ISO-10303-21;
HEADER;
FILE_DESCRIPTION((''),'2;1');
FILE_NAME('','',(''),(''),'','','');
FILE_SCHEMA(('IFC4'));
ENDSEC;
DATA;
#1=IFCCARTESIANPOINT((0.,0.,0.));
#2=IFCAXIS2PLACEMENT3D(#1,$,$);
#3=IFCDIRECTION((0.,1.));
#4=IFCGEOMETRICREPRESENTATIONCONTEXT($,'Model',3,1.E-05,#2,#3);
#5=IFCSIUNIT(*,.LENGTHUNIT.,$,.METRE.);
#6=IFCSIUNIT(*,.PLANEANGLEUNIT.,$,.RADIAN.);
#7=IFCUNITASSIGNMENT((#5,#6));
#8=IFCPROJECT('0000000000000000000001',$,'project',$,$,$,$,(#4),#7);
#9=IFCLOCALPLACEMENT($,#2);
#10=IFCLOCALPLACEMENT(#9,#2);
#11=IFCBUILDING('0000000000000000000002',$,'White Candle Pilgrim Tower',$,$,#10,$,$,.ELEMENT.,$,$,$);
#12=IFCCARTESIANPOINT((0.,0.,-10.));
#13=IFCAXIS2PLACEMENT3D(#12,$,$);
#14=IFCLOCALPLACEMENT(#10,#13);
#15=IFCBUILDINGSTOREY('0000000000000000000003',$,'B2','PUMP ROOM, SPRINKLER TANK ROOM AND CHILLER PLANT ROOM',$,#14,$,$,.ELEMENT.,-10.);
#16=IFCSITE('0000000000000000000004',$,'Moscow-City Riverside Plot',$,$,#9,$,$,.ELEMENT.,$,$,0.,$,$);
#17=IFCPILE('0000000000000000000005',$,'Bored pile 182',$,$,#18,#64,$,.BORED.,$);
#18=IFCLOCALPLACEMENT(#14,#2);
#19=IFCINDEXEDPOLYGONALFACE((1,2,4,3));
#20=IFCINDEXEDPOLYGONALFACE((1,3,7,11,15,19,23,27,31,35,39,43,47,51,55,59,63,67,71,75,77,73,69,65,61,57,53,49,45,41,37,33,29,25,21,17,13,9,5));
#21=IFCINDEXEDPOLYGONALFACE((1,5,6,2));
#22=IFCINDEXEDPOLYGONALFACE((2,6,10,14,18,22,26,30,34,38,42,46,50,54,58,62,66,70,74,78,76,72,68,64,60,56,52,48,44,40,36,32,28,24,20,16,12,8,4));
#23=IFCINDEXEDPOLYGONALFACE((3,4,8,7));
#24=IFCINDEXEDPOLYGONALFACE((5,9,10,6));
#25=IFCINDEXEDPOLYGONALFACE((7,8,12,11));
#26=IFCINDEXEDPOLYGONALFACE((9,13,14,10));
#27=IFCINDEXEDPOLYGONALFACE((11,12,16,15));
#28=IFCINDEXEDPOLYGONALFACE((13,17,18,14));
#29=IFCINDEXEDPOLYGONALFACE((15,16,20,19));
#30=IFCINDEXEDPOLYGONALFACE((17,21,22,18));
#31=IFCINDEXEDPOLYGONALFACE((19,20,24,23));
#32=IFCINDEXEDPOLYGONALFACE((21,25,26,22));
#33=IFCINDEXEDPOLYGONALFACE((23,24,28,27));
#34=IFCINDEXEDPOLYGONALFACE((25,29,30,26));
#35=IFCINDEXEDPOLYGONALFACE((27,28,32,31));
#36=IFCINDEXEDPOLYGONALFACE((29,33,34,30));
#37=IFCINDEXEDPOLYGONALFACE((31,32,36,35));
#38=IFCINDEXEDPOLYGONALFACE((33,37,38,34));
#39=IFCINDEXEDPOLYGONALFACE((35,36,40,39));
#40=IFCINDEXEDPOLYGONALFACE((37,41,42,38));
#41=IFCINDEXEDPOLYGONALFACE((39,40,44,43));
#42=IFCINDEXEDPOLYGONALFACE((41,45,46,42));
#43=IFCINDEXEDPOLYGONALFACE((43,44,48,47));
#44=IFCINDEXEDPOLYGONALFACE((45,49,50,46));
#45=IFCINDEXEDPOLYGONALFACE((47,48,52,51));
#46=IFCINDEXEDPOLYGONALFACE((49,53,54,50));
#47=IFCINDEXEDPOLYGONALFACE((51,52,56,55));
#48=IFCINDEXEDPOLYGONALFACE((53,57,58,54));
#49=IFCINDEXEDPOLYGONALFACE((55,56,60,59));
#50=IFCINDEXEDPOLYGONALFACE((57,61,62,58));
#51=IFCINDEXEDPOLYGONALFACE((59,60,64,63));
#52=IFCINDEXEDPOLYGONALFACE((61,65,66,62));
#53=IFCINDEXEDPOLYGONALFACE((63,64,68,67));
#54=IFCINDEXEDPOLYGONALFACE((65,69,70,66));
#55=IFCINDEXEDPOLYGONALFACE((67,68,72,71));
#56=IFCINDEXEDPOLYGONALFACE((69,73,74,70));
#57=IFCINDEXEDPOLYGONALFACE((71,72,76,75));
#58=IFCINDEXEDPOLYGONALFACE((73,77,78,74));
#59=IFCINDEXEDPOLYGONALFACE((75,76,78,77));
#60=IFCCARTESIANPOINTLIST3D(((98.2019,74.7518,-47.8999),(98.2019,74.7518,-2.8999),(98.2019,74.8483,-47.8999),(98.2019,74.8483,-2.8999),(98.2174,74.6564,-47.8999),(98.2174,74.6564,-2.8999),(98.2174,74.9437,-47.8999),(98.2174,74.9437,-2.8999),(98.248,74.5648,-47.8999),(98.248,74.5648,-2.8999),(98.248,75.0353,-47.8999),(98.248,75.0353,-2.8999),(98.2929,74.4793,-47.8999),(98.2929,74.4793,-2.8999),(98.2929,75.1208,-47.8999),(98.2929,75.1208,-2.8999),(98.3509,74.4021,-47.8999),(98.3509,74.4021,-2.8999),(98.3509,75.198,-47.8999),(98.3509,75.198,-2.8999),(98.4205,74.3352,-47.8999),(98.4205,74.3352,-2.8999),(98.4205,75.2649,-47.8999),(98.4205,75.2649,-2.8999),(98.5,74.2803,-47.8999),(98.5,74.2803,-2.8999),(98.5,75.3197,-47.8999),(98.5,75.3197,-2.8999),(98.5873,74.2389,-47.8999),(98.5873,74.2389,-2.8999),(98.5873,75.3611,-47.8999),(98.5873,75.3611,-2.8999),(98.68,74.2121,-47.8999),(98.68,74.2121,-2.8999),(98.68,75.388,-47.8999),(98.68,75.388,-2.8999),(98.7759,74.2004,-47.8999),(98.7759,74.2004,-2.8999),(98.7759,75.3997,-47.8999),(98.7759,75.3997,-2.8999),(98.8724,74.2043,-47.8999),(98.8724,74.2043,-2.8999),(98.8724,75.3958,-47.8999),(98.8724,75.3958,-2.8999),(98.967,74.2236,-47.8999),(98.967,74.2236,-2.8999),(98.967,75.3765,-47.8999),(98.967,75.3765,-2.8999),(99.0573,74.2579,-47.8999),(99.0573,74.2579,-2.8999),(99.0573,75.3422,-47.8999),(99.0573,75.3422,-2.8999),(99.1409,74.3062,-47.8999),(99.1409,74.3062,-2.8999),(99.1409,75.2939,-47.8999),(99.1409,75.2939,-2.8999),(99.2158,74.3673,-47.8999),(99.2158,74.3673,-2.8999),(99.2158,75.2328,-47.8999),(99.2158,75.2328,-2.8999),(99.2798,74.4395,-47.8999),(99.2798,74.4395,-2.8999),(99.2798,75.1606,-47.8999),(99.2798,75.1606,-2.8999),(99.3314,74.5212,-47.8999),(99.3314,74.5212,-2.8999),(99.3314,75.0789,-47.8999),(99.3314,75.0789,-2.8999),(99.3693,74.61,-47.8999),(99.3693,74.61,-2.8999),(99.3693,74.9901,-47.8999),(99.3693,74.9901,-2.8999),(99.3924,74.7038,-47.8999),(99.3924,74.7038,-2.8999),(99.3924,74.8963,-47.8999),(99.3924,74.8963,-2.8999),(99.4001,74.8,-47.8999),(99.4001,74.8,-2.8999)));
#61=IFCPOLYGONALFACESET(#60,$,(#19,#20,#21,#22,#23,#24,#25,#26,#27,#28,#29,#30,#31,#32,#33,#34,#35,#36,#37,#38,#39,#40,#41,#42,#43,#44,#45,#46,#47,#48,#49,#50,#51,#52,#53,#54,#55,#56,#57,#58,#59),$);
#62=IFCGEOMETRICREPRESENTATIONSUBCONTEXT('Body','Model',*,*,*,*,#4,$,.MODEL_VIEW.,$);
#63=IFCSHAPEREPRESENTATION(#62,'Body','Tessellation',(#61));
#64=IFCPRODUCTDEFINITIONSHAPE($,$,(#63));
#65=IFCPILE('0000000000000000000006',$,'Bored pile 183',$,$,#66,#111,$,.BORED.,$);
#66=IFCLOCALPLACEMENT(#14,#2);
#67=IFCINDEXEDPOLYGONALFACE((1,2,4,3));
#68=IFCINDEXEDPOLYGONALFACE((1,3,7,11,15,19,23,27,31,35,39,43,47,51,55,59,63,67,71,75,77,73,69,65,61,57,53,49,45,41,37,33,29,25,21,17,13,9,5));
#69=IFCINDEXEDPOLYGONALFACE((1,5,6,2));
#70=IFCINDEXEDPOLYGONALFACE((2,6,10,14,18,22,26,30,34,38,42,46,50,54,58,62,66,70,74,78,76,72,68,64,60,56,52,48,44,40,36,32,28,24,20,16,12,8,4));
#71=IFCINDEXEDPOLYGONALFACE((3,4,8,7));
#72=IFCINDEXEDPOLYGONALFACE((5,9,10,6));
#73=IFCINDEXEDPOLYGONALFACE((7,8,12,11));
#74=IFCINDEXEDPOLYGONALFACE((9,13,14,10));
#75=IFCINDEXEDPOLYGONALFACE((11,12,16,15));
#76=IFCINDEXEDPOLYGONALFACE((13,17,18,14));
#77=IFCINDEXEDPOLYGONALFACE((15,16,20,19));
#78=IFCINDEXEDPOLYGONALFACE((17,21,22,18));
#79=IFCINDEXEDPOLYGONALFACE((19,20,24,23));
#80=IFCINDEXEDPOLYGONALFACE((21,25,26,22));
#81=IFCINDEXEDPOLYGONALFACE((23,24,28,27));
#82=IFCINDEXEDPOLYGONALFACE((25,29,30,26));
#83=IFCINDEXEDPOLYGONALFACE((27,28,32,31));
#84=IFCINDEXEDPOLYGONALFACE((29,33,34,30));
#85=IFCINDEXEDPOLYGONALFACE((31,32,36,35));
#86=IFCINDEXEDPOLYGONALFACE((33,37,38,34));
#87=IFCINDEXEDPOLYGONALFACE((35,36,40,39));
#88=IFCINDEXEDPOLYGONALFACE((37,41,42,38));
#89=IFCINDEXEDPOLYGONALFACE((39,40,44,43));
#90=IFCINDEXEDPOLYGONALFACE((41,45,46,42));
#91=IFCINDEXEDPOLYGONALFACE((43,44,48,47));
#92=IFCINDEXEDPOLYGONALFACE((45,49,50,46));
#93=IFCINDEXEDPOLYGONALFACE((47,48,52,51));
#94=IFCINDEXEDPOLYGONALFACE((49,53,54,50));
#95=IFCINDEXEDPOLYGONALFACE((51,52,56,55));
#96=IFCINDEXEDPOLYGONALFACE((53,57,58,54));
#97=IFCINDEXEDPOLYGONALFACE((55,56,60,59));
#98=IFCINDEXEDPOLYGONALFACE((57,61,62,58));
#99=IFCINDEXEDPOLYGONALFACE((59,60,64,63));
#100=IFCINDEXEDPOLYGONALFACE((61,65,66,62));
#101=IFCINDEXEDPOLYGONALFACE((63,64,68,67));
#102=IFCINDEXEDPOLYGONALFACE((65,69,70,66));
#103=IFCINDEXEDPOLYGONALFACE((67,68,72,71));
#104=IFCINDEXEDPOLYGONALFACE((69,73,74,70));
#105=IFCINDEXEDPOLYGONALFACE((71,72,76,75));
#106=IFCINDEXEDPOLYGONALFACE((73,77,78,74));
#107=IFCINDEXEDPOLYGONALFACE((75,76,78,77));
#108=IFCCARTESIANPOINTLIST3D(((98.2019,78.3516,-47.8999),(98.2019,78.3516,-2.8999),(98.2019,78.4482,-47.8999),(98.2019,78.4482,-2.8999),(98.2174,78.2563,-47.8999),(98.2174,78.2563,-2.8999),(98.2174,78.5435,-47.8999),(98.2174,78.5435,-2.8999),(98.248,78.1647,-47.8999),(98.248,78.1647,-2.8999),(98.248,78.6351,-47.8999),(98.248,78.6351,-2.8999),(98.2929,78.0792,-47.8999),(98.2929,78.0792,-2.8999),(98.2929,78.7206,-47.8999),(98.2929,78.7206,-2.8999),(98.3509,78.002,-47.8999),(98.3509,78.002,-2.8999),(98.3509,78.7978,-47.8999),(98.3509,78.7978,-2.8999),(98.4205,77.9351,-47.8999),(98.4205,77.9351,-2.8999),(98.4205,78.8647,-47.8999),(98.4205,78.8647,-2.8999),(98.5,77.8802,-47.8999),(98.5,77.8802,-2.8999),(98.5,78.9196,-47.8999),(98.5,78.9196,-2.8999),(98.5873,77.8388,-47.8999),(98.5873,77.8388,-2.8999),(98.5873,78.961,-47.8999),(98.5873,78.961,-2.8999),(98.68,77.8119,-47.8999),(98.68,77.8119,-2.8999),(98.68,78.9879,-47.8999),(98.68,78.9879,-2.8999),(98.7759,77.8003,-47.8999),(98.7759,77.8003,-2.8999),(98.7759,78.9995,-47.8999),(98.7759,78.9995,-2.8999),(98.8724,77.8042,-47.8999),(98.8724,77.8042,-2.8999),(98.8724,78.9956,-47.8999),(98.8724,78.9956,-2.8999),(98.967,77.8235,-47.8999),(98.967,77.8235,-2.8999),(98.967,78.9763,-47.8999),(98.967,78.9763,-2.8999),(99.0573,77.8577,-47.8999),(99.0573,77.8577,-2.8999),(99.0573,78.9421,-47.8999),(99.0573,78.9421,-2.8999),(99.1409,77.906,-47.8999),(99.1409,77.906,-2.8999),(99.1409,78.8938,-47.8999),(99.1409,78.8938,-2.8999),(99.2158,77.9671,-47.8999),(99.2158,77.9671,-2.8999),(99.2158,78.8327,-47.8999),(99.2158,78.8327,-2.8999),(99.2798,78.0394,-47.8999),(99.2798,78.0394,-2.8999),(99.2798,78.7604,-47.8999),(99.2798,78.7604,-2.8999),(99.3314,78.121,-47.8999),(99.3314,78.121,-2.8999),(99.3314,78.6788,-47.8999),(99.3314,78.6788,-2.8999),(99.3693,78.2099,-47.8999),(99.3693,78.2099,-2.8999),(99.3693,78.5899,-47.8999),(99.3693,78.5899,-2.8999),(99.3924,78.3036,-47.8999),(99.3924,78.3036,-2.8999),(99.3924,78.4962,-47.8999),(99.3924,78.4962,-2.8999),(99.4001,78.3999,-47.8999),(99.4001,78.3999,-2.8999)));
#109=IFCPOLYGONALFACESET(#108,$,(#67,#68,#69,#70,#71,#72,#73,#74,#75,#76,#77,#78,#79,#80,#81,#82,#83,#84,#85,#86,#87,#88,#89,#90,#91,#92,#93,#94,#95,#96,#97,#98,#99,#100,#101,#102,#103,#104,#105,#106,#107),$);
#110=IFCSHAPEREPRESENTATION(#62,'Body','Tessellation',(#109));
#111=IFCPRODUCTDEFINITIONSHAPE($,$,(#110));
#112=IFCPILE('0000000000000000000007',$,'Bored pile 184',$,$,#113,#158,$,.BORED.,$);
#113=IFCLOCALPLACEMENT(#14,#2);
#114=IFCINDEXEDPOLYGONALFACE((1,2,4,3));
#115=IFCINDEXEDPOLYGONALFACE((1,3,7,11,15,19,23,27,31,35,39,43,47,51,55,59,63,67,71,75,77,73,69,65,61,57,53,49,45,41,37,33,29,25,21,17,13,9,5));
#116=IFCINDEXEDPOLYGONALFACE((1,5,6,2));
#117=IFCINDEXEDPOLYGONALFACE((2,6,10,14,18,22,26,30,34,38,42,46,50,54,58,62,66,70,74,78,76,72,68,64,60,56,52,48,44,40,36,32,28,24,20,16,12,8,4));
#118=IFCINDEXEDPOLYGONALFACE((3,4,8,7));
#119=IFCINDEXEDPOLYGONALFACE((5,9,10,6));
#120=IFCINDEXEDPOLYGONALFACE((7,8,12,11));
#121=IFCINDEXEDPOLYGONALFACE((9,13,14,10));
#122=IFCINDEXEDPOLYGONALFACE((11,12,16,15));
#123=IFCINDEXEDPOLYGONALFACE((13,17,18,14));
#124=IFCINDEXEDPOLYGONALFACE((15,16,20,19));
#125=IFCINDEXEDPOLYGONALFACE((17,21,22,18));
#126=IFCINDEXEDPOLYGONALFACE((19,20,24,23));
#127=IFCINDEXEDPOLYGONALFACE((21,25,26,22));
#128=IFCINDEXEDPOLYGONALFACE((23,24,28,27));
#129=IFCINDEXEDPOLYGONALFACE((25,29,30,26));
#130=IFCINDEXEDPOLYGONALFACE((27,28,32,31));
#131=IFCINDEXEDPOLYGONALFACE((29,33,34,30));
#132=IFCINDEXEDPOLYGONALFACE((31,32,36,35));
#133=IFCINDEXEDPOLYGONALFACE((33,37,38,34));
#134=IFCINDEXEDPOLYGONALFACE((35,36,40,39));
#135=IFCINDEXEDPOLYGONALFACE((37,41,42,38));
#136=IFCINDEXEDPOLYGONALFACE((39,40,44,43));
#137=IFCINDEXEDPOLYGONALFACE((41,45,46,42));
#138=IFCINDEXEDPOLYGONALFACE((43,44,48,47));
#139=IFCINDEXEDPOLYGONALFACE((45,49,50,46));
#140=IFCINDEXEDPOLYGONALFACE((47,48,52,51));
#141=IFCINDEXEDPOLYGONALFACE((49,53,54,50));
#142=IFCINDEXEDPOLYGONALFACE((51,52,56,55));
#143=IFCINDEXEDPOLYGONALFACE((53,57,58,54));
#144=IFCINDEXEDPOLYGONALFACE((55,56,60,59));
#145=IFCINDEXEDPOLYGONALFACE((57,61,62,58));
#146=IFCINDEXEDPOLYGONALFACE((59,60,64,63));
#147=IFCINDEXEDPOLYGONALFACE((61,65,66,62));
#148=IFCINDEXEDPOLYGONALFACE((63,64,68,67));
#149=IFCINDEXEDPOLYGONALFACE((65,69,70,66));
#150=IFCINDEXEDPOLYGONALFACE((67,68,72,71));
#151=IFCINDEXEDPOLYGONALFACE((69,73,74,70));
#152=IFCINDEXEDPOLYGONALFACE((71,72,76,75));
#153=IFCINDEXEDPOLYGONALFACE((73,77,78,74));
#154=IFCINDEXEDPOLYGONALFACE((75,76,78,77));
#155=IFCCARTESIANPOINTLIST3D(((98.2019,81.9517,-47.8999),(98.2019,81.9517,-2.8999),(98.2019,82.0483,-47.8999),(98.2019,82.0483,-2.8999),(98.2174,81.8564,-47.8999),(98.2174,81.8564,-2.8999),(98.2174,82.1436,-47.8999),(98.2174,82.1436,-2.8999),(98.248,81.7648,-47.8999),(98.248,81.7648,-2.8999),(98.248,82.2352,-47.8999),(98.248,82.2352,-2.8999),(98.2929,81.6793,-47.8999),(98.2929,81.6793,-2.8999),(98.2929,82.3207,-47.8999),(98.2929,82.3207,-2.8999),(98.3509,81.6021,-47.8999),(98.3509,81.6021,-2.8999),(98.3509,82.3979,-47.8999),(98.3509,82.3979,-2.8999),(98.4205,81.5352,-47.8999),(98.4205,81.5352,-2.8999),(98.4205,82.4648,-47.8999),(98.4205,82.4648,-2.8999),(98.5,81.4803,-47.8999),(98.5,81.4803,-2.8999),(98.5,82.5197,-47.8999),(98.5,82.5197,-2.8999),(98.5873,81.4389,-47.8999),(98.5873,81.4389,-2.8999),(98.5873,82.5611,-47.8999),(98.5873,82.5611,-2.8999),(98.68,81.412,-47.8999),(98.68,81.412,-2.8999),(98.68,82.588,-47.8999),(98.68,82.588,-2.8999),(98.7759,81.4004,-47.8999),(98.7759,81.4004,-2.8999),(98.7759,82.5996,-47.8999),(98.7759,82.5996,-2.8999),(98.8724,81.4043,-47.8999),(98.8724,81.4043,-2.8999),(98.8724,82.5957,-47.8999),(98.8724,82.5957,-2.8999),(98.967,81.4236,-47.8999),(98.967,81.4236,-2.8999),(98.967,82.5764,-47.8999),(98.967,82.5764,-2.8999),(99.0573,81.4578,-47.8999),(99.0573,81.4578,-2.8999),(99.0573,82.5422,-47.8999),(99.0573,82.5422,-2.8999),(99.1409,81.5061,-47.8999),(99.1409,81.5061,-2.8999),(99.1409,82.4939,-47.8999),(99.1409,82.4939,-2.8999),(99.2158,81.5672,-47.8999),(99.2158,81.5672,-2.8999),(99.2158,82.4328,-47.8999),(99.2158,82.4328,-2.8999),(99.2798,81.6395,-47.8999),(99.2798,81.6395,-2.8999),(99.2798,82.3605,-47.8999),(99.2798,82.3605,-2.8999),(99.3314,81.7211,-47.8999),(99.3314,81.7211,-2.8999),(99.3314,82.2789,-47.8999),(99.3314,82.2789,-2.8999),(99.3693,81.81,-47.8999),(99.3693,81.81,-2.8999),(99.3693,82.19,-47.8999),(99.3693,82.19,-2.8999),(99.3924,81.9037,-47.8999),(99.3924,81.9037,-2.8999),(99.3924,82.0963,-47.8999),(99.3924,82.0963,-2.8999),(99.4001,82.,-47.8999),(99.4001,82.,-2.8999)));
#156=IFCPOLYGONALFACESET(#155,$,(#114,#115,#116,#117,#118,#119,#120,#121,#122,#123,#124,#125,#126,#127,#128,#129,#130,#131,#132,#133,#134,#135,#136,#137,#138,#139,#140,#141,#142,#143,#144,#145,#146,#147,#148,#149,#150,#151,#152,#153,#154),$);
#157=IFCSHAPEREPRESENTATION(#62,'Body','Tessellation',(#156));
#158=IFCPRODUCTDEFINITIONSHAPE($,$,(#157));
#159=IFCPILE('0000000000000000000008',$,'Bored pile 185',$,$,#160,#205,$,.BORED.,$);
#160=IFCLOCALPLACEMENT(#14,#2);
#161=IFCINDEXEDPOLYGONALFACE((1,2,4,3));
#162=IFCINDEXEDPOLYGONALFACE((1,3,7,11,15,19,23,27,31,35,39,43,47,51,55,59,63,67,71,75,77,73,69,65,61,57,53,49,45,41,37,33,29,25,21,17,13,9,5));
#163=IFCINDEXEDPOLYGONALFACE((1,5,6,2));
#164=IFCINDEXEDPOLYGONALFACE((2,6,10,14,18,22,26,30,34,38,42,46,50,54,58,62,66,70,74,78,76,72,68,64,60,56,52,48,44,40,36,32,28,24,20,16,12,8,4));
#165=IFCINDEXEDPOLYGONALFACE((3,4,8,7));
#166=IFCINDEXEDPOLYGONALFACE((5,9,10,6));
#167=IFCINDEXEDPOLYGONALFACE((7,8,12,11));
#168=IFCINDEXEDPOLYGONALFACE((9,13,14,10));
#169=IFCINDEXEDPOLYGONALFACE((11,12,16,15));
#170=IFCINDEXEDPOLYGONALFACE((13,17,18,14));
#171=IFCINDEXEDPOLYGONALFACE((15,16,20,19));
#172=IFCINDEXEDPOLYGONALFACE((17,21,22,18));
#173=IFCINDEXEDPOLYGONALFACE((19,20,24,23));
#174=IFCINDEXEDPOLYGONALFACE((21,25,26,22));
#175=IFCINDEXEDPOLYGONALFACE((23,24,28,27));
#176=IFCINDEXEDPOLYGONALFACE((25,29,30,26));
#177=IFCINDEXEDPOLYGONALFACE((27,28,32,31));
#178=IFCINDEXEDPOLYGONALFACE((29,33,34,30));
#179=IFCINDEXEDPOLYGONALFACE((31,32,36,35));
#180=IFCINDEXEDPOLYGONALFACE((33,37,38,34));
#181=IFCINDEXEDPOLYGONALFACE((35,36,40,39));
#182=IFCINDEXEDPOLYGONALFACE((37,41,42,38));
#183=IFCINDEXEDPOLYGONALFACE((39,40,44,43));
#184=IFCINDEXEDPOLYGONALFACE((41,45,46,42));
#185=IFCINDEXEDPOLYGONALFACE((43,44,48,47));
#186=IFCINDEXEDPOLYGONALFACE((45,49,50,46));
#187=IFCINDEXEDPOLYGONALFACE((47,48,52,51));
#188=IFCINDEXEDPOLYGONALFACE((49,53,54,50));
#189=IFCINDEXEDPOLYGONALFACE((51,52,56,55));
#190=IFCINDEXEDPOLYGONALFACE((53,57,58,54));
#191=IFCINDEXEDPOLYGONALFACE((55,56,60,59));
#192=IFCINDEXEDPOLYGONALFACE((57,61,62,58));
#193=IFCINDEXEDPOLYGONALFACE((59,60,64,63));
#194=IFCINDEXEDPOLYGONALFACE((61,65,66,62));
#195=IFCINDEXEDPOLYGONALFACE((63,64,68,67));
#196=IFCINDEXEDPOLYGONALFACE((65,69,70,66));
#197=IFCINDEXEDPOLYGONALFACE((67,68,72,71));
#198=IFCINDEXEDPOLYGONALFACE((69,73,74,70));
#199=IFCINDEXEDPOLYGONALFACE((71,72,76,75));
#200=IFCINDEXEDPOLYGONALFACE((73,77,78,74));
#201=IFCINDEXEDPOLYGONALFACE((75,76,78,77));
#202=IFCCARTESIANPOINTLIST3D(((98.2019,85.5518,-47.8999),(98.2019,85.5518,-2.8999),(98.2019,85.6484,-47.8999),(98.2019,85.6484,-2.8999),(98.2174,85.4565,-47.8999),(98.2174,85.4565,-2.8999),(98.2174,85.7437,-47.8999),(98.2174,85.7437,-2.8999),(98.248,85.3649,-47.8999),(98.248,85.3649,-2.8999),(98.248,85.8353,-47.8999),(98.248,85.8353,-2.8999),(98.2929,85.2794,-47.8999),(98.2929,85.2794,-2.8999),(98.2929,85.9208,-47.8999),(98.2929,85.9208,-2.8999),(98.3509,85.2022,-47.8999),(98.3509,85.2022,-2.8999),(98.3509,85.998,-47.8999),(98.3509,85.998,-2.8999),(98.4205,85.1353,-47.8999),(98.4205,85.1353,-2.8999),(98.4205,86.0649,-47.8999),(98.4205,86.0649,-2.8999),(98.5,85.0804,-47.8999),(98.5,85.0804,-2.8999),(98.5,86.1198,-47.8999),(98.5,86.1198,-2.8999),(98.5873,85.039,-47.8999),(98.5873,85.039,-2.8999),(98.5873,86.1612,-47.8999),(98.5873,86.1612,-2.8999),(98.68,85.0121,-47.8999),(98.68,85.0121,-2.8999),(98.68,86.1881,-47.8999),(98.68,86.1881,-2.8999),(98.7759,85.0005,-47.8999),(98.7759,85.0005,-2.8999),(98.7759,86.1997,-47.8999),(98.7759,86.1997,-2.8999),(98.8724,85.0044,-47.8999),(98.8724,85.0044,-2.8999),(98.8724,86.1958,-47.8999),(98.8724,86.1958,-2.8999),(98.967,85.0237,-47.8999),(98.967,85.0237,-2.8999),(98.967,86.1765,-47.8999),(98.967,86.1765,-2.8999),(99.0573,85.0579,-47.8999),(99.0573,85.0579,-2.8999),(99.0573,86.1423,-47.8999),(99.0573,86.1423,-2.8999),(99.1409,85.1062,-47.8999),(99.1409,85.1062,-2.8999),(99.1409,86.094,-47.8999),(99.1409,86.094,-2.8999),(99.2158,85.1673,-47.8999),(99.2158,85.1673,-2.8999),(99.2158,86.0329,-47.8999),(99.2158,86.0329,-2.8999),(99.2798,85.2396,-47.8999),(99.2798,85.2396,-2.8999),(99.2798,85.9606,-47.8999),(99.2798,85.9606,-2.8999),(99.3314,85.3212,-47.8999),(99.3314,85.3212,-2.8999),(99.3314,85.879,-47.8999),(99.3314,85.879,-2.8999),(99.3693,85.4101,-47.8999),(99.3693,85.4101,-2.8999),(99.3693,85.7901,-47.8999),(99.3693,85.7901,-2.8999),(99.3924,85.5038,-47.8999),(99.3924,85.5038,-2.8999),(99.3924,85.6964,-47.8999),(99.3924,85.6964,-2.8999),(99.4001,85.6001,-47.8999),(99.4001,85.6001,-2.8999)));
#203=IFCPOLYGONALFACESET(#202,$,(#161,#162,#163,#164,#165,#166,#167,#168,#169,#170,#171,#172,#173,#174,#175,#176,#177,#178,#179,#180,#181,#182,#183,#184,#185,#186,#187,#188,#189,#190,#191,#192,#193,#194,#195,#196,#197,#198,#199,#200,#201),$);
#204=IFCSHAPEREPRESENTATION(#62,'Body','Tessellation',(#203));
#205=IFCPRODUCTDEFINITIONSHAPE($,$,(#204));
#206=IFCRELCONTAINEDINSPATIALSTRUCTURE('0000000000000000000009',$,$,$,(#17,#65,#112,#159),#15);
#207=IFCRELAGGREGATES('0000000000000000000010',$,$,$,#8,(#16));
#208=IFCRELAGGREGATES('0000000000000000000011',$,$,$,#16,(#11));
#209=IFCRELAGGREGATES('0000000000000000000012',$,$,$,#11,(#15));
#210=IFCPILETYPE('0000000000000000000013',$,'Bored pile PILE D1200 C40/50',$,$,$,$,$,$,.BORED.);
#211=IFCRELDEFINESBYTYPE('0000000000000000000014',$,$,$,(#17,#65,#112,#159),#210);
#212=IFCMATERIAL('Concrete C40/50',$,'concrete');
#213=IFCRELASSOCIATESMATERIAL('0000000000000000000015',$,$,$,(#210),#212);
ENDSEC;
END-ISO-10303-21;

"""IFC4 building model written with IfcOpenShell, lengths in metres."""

from ifc_helpers import new_model, si_unit, direction, frame, origin, origin_2d, place, context, subcontext, project, spatial, circle, extrude, material, material_profile, profile_set, type_object, element, save


model = new_model("IFC4")

# Units and contexts
model_context = context("Model", 3, precision=1e-05, world=origin(), true_north=direction((0.0, 1.0)))
body_context = subcontext(model_context, "Body", "Model", "MODEL_VIEW")
ifc_project = project(units=[si_unit("LENGTHUNIT", "METRE"), si_unit("PLANEANGLEUNIT", "RADIAN")], contexts=[model_context])

# Site, building, storey
site_placement = place(None, origin())
site = spatial("IfcSite", under=ifc_project, at=site_placement, Name="Moscow-City Riverside Plot", CompositionType="ELEMENT", RefElevation=0.0)
building_placement = place(site_placement, origin())
building = spatial("IfcBuilding", under=site, at=building_placement, Name="White Candle Pilgrim Tower", CompositionType="ELEMENT")
storey_placement = place(building_placement, frame((0.0, 0.0, -10.0)))
storey = spatial("IfcBuildingStorey", under=building, at=storey_placement, Name="B2", Description="PUMP ROOM, SPRINKLER TANK ROOM AND CHILLER PLANT ROOM", CompositionType="ELEMENT", Elevation=-10.0)

# Piles
ifc_material_1 = material(Name="Concrete C40/50", Category="concrete")
ifc_material_profile_1 = material_profile(ifc_material_1, circle(Radius=0.6001, at=origin_2d()), Name="PILE D1200")
ifc_profile_set_1 = profile_set([ifc_material_profile_1], Name="Concrete C40/50")
pile_type_1 = type_object("IfcPileType", Name="Bored pile PILE D1200 C40/50", PredefinedType="BORED", material=ifc_profile_set_1)
for number, where, z_axis, x_axis, name in (
    (1, (98.8, 74.8, -2.8999), (0.0, 0.0, -1.0), (1.0, 0.0, 0.0), "Bored pile 182"),
    (2, (98.8, 78.3999, -2.8999), (0.0, 0.0, -1.0), (1.0, 0.0, 0.0), "Bored pile 183"),
    (3, (98.8, 82.0, -2.8999), (0.0, 0.0, -1.0), (1.0, 0.0, 0.0), "Bored pile 184"),
    (4, (98.8, 85.6001, -2.8999), (0.0, 0.0, -1.0), (1.0, 0.0, 0.0), "Bored pile 185"),
):
    element("IfcPile", number, at=place(storey_placement, frame(where, z_axis=z_axis, x_axis=x_axis)), inside=storey, type_object=pile_type_1, Name=name, PredefinedType="BORED", context=body_context, shape_type="SweptSolid", body=[
        extrude(circle(Radius=0.6001, at=origin_2d()), origin(), (0.0, 0.0, 1.0), 45.0),
    ])

save(model, "model.ifc")
